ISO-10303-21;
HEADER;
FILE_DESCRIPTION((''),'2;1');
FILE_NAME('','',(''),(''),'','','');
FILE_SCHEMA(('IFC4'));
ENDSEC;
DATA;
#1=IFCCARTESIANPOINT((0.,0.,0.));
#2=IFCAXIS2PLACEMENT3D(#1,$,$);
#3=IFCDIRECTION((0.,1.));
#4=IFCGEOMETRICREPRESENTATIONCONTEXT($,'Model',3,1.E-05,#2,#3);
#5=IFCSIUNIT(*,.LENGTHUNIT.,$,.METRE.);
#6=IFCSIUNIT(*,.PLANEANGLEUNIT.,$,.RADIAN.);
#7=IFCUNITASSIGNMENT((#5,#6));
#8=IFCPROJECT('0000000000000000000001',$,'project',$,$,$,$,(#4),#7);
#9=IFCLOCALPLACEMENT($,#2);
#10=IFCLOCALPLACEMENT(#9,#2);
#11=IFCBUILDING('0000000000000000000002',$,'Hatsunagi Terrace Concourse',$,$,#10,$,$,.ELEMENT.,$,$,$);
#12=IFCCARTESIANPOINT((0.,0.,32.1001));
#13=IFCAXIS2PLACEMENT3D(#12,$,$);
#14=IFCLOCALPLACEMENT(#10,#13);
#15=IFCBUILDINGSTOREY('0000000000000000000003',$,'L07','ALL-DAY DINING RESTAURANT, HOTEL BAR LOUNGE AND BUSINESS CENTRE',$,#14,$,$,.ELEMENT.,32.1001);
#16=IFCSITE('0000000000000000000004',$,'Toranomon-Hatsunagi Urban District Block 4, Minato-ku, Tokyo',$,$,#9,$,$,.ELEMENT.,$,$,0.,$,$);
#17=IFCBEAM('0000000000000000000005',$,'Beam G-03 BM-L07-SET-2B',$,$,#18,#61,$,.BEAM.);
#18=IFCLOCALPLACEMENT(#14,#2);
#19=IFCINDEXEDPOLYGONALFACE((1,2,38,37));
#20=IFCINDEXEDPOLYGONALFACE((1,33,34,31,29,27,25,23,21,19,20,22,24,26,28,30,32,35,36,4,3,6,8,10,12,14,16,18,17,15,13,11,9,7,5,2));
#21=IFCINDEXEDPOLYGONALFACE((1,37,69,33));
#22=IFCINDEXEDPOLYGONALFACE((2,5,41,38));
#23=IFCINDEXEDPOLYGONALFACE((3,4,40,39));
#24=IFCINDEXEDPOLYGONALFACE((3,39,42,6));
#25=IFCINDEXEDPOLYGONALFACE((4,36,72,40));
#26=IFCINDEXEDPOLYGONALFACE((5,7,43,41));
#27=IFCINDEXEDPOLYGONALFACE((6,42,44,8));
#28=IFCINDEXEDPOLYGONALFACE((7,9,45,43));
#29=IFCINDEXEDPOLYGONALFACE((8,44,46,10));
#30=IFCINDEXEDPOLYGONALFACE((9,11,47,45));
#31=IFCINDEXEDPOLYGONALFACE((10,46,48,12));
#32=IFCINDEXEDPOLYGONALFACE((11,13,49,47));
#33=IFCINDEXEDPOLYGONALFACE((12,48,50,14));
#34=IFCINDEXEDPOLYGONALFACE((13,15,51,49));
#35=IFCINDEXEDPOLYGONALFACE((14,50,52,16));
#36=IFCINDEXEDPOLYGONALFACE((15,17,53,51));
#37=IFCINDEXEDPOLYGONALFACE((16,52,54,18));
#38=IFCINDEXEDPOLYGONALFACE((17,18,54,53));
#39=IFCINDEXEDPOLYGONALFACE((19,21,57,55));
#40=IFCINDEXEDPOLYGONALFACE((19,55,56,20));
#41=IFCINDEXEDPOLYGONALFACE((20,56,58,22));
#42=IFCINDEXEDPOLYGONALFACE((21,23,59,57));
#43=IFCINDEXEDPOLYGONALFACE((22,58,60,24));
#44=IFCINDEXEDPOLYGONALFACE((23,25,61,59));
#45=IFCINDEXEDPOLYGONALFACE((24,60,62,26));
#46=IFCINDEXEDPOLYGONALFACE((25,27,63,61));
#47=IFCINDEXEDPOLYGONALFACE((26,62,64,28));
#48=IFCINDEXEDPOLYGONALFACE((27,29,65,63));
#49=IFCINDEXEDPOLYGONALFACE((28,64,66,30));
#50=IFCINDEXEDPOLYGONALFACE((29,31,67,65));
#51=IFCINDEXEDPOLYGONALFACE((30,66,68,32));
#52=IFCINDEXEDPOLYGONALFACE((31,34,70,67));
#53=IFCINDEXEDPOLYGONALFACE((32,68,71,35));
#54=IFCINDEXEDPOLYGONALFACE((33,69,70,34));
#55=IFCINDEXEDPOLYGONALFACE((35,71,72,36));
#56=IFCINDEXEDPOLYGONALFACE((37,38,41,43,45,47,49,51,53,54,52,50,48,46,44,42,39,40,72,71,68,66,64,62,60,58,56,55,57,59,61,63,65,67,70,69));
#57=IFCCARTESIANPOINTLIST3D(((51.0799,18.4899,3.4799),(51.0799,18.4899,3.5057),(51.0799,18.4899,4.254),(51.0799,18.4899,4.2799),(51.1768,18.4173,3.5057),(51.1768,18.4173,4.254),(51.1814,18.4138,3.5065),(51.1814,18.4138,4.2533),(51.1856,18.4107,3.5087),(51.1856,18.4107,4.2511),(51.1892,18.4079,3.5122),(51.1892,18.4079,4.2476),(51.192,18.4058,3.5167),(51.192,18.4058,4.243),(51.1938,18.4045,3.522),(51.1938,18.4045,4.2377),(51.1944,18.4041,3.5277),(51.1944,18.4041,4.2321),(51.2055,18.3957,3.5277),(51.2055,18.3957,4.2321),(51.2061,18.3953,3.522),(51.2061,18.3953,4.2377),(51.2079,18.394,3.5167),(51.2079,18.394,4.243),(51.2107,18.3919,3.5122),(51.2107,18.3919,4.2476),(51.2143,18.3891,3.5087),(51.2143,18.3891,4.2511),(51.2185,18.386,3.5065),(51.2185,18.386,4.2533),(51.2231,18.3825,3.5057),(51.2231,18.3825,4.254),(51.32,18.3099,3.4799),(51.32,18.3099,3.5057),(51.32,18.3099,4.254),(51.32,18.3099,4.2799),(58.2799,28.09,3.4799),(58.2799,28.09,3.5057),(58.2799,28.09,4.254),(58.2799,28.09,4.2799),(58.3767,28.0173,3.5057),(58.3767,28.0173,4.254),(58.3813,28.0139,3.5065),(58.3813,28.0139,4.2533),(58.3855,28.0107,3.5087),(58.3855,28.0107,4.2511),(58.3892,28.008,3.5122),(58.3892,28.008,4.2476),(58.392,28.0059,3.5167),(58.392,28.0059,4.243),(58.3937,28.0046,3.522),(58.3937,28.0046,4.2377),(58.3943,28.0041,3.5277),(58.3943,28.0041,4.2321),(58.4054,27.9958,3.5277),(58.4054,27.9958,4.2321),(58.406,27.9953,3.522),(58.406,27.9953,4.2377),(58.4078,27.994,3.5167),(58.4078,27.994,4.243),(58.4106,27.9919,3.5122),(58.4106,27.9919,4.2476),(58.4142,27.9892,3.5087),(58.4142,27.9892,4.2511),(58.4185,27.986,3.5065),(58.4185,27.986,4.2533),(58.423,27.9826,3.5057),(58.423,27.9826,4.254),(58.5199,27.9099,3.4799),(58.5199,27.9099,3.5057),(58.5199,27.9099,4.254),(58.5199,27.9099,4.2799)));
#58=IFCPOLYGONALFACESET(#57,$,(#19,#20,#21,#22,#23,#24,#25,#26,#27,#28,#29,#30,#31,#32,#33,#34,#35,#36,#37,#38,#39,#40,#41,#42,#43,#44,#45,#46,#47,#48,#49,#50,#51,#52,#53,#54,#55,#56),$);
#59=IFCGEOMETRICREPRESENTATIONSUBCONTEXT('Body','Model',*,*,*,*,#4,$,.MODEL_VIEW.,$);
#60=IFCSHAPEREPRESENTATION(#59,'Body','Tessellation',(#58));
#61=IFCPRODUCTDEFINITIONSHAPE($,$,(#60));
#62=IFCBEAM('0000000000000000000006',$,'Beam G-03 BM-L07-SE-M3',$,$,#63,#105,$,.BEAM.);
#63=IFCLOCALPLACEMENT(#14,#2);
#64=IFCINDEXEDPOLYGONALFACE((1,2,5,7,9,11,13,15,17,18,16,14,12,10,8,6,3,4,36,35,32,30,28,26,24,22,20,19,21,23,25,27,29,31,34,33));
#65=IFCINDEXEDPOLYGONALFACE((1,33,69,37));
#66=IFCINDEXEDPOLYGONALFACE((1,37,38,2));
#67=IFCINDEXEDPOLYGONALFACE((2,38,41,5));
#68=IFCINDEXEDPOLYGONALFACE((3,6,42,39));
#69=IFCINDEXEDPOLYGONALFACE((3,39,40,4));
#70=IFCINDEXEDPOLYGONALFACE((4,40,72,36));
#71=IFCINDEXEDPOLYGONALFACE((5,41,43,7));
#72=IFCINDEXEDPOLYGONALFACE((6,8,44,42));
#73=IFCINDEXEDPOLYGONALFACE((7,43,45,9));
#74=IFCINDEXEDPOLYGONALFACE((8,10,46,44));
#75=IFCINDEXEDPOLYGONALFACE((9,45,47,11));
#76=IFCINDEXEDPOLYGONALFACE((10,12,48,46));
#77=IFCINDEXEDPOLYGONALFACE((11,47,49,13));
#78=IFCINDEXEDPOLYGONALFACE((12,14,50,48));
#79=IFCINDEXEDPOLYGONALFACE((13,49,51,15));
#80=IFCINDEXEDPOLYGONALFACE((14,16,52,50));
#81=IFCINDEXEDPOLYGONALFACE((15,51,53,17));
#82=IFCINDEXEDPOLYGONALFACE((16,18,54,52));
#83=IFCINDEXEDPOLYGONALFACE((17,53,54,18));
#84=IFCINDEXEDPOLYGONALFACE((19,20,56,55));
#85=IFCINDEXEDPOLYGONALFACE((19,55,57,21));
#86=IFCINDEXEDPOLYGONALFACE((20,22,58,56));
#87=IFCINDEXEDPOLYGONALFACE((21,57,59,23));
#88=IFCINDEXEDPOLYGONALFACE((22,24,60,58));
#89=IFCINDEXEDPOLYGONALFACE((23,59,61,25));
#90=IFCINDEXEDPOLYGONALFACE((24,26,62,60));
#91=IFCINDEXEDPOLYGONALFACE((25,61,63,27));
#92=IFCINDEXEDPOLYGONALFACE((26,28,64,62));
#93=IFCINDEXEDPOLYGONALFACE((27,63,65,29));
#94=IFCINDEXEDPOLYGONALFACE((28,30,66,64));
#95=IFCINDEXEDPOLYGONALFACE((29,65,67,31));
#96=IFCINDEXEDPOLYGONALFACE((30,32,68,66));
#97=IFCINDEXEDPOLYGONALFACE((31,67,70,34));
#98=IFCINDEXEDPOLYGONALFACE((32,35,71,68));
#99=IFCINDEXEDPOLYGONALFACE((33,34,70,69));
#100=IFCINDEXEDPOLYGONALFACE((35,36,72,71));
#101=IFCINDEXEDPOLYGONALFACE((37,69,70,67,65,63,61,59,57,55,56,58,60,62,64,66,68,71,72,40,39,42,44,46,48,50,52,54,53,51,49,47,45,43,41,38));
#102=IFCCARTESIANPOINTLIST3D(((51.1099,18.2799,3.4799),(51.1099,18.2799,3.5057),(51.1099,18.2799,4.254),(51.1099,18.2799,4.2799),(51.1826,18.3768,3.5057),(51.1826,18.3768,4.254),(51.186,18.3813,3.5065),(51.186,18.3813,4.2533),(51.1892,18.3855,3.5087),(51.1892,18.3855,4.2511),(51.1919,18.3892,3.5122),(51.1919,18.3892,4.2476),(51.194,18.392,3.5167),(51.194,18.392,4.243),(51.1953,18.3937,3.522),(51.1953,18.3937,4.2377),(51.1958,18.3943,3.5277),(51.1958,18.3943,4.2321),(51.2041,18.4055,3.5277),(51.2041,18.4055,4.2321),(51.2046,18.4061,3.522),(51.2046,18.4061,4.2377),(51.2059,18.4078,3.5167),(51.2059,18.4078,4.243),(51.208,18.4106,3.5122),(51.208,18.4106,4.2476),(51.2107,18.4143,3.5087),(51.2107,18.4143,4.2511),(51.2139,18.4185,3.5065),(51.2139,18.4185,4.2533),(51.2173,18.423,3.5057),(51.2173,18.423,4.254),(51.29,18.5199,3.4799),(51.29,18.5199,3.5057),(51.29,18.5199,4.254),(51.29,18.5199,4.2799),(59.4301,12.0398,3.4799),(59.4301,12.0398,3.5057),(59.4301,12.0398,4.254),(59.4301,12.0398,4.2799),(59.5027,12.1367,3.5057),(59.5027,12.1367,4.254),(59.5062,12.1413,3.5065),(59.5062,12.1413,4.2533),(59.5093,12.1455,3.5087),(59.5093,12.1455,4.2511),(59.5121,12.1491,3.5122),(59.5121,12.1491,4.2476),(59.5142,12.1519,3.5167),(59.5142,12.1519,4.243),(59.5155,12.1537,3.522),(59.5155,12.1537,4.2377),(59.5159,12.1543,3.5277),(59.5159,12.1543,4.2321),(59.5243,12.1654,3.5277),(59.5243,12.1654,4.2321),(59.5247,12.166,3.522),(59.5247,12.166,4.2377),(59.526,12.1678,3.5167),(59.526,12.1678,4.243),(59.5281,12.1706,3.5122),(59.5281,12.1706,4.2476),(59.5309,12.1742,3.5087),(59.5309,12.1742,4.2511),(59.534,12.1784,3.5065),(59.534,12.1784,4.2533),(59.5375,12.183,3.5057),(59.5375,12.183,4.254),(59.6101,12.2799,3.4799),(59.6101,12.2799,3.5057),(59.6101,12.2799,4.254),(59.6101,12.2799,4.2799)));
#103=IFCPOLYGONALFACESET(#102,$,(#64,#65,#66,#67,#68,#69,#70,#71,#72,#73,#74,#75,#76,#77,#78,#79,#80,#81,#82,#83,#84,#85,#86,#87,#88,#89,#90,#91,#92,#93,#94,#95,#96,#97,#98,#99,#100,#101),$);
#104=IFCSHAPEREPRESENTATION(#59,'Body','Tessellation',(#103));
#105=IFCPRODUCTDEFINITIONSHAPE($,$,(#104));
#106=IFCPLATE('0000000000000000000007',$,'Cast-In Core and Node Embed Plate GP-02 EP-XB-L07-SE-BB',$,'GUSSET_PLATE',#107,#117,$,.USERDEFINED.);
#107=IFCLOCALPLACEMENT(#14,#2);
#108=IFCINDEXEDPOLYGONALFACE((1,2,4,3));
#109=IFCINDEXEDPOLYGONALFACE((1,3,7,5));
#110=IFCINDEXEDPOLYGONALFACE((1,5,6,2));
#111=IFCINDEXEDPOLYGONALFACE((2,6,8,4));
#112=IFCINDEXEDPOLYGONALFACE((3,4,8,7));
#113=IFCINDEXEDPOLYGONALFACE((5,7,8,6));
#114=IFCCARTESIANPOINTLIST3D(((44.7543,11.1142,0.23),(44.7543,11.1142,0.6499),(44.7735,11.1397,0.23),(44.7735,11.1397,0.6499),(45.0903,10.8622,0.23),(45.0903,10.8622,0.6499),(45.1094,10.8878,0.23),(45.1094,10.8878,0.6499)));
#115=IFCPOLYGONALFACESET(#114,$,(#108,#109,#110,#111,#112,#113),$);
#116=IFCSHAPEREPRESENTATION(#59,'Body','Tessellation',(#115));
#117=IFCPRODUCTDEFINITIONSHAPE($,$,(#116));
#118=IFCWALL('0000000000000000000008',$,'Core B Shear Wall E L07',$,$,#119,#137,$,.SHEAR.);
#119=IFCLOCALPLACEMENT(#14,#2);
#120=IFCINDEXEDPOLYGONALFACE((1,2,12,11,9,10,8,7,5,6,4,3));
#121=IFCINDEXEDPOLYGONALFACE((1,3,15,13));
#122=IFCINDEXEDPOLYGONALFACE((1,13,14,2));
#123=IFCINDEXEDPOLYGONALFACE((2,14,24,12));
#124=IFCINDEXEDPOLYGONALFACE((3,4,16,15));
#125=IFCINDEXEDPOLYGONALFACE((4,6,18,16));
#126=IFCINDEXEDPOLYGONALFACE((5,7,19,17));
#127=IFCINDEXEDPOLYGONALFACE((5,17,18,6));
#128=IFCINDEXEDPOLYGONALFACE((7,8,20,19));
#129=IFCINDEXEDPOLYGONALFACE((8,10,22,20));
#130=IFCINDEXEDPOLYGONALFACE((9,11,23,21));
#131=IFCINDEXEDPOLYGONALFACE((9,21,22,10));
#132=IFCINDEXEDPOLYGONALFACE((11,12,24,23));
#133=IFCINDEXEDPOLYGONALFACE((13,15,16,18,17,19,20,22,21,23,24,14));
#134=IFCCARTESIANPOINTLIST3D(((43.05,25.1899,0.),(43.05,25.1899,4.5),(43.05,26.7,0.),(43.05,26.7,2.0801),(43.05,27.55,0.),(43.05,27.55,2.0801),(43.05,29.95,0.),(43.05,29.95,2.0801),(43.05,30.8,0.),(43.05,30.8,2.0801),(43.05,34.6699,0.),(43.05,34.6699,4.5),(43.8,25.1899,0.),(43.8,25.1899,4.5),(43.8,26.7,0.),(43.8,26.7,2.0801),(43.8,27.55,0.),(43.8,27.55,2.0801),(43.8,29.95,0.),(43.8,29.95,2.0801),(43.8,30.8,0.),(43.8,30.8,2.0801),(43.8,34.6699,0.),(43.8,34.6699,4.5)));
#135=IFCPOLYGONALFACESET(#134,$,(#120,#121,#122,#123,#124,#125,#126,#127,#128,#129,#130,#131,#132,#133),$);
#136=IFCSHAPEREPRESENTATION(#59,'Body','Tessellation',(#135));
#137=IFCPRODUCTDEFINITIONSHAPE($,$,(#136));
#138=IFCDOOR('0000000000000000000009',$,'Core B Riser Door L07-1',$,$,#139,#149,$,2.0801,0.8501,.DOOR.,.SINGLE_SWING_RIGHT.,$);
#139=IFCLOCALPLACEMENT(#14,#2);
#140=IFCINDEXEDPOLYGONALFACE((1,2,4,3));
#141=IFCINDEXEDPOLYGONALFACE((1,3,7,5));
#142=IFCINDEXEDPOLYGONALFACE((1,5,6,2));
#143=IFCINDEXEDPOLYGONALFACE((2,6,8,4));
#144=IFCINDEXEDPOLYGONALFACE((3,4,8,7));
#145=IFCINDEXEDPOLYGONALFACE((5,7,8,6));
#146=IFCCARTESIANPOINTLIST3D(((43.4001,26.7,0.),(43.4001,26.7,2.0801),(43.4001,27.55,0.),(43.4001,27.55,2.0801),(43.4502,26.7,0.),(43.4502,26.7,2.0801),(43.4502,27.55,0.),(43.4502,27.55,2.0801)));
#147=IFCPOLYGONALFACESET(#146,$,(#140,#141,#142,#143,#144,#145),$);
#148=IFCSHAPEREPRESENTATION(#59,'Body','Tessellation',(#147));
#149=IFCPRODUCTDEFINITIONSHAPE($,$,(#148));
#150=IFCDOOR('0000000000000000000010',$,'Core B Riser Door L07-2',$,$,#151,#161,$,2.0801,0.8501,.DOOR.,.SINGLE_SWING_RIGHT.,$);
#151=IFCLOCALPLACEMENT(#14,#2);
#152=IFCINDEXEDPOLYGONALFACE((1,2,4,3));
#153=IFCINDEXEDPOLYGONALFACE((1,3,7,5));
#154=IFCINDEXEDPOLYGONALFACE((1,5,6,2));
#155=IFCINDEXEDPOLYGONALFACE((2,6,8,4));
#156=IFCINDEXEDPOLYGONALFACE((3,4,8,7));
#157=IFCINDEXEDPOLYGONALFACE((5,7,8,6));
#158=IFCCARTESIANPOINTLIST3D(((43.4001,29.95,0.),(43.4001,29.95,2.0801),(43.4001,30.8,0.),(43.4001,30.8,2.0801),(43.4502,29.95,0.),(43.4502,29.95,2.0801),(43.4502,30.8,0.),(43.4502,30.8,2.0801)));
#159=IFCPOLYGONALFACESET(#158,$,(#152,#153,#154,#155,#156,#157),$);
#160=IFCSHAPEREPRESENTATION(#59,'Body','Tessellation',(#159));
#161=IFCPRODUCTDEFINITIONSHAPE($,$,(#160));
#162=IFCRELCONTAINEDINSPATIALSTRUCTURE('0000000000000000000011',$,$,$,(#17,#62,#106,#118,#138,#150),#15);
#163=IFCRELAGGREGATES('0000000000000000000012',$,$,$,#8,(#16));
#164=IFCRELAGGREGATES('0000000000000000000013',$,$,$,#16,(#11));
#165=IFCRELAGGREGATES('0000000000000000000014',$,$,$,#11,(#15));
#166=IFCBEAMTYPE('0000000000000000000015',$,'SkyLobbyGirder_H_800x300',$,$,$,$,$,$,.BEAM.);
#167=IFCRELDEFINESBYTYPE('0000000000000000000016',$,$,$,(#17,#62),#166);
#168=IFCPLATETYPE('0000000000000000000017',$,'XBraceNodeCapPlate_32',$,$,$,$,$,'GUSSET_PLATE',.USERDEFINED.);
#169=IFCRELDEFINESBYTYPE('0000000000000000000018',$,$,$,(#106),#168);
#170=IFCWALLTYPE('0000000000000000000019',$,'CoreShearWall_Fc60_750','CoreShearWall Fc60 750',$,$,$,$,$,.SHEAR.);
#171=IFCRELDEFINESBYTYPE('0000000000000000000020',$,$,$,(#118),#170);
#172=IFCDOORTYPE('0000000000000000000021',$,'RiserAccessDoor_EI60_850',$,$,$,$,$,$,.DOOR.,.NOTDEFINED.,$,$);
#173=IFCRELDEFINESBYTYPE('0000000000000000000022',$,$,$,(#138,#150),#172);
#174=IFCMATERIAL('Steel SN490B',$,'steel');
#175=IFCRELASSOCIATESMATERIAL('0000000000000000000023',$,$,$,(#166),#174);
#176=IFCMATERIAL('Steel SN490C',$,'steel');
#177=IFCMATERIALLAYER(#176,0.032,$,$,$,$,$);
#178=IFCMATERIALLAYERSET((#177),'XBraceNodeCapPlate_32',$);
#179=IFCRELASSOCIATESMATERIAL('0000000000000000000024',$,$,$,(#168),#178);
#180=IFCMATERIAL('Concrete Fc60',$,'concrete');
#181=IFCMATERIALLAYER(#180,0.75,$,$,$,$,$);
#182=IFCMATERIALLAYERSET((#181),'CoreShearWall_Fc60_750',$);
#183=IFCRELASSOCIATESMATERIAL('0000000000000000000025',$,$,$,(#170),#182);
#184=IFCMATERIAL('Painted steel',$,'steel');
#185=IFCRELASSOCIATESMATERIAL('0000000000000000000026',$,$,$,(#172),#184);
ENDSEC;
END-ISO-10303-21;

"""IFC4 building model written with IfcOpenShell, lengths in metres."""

from ifc_helpers import new_model, si_unit, direction, frame, frame_2d, origin, origin_2d, place, context, subcontext, project, spatial, rectangle, i_section, extrude, material, layer, layer_set, material_profile, profile_set, type_object, element, fill, save


model = new_model("IFC4")

# Units and contexts
model_context = context("Model", 3, precision=1e-05, world=origin(), true_north=direction((0.0, 1.0)))
body_context = subcontext(model_context, "Body", "Model", "MODEL_VIEW")
ifc_project = project(units=[si_unit("LENGTHUNIT", "METRE"), si_unit("PLANEANGLEUNIT", "RADIAN")], contexts=[model_context])

# Site, building, storey
site_placement = place(None, origin())
site = spatial("IfcSite", under=ifc_project, at=site_placement, Name="Toranomon-Hatsunagi Urban District Block 4, Minato-ku, Tokyo", CompositionType="ELEMENT", RefElevation=0.0)
building_placement = place(site_placement, origin())
building = spatial("IfcBuilding", under=site, at=building_placement, Name="Hatsunagi Terrace Concourse", CompositionType="ELEMENT")
storey_placement = place(building_placement, frame((0.0, 0.0, 32.1001)))
storey = spatial("IfcBuildingStorey", under=building, at=storey_placement, Name="L07", Description="ALL-DAY DINING RESTAURANT, HOTEL BAR LOUNGE AND BUSINESS CENTRE", CompositionType="ELEMENT", Elevation=32.1001)

# Beams
ifc_material_1 = material(Name="Steel SN490B", Category="steel")
ifc_material_profile_1 = material_profile(ifc_material_1, i_section(OverallWidth=0.3, OverallDepth=0.8, WebThickness=0.0139, FlangeThickness=0.0259, FilletRadius=0.022, at=origin_2d()), Name="H-800x300x14x26")
ifc_profile_set_1 = profile_set([ifc_material_profile_1], Name="Steel SN490B")
beam_type_1 = type_object("IfcBeamType", Name="SkyLobbyGirder_H_800x300", PredefinedType="BEAM", material=ifc_profile_set_1)
beam_1_placement = place(storey_placement, frame((51.2, 18.3999, 3.8799), z_axis=(0.599993, 0.800005, 0.0), x_axis=(-0.800005, 0.599993, 0.0)))
element("IfcBeam", 1, at=beam_1_placement, inside=storey, type_object=beam_type_1, Name="Beam G-03 BM-L07-SET-2B", PredefinedType="BEAM", context=body_context, shape_type="SweptSolid", body=[
    extrude(i_section(OverallWidth=0.3, OverallDepth=0.8, WebThickness=0.0139, FlangeThickness=0.0259, FilletRadius=0.022, at=origin_2d()), origin(), (0.0, 0.0, 1.0), 12.0),
])
beam_2_placement = place(storey_placement, frame((51.2, 18.3999, 3.8799), z_axis=(0.800003, -0.599996, 0.0), x_axis=(0.599996, 0.800003, 0.0)))
element("IfcBeam", 2, at=beam_2_placement, inside=storey, type_object=beam_type_1, Name="Beam G-03 BM-L07-SE-M3", PredefinedType="BEAM", context=body_context, shape_type="SweptSolid", body=[
    extrude(i_section(OverallWidth=0.3, OverallDepth=0.8, WebThickness=0.0139, FlangeThickness=0.0259, FilletRadius=0.022, at=origin_2d()), origin(), (0.0, 0.0, 1.0), 10.4001),
])

# Plate
ifc_material_2 = material(Name="Steel SN490C", Category="steel")
ifc_layer_1 = layer(ifc_material_2, 0.032)
ifc_layer_set_1 = layer_set([ifc_layer_1], Name="XBraceNodeCapPlate_32")
plate_type = type_object("IfcPlateType", Name="XBraceNodeCapPlate_32", ElementType="GUSSET_PLATE", PredefinedType="USERDEFINED", material=ifc_layer_set_1)
plate_placement = place(storey_placement, frame((44.9319, 11.001, 0.23), z_axis=(0.0, 0.0, 1.0), x_axis=(0.8, -0.6, 0.0)))
element("IfcPlate", 3, at=plate_placement, inside=storey, type_object=plate_type, Name="Cast-In Core and Node Embed Plate GP-02 EP-XB-L07-SE-BB", ObjectType="GUSSET_PLATE", PredefinedType="USERDEFINED", context=body_context, shape_type="SweptSolid", body=[
    extrude(rectangle(XDim=0.4199, YDim=0.032, at=origin_2d()), origin(), (0.0, 0.0, 1.0), 0.4199),
])

# Wall, openings, doors
ifc_material_3 = material(Name="Concrete Fc60", Category="concrete")
ifc_layer_2 = layer(ifc_material_3, 0.75)
ifc_layer_set_2 = layer_set([ifc_layer_2], Name="CoreShearWall_Fc60_750")
wall_type_1 = type_object("IfcWallType", Name="CoreShearWall_Fc60_750", Description="CoreShearWall Fc60 750", PredefinedType="SHEAR", material=ifc_layer_set_2)
wall_1_placement = place(storey_placement, frame((43.425, 25.1899, 0.0), z_axis=(0.0, 0.0, 1.0), x_axis=(0.0, 1.0, 0.0)))
wall_1 = element("IfcWall", 4, at=wall_1_placement, inside=storey, type_object=wall_type_1, Name="Core B Shear Wall E L07", PredefinedType="SHEAR", context=body_context, shape_type="SweptSolid", body=[
    extrude(rectangle(XDim=9.48, YDim=0.75, at=frame_2d((4.74, 0.0))), origin(), (0.0, 0.0, 1.0), 4.5),
])
opening_1_placement = place(wall_1_placement, frame((1.51, 0.0, 0.0)))
opening_1 = element("IfcOpeningElement", 5, at=opening_1_placement, cuts=wall_1, PredefinedType="OPENING", context=body_context, shape_type="SweptSolid", body=[
    extrude(rectangle(XDim=0.8501, YDim=2.0801, at=frame_2d((0.425, 1.04))), frame((0.0, 0.385, 0.0), z_axis=(0.0, -1.0, 0.0), x_axis=(1.0, 0.0, 0.0)), (0.0, 0.0, 1.0), 0.77),
])
opening_2_placement = place(wall_1_placement, frame((4.76, 0.0, 0.0)))
opening_2 = element("IfcOpeningElement", 6, at=opening_2_placement, cuts=wall_1, PredefinedType="OPENING", context=body_context, shape_type="SweptSolid", body=[
    extrude(rectangle(XDim=0.8501, YDim=2.0801, at=frame_2d((0.425, 1.04))), frame((0.0, 0.385, 0.0), z_axis=(0.0, -1.0, 0.0), x_axis=(1.0, 0.0, 0.0)), (0.0, 0.0, 1.0), 0.77),
])
ifc_material_4 = material(Name="Painted steel", Category="steel")
door_type_1 = type_object("IfcDoorType", Name="RiserAccessDoor_EI60_850", OperationType="NOTDEFINED", PredefinedType="DOOR", material=ifc_material_4)
door_1_placement = place(opening_1_placement, origin())
door_1 = element("IfcDoor", 7, at=door_1_placement, inside=storey, type_object=door_type_1, Name="Core B Riser Door L07-1", OperationType="SINGLE_SWING_RIGHT", OverallHeight=2.0801, OverallWidth=0.8501, PredefinedType="DOOR", context=body_context, shape_type="SweptSolid", body=[
    extrude(rectangle(XDim=0.8501, YDim=2.0801, at=frame_2d((0.425, 1.04))), frame((0.0, 0.0249, 0.0), z_axis=(0.0, -1.0, 0.0), x_axis=(1.0, 0.0, 0.0)), (0.0, 0.0, 1.0), 0.05),
])
fill(opening_1, door_1)
door_2_placement = place(opening_2_placement, origin())
door_2 = element("IfcDoor", 8, at=door_2_placement, inside=storey, type_object=door_type_1, Name="Core B Riser Door L07-2", OperationType="SINGLE_SWING_RIGHT", OverallHeight=2.0801, OverallWidth=0.8501, PredefinedType="DOOR", context=body_context, shape_type="SweptSolid", body=[
    extrude(rectangle(XDim=0.8501, YDim=2.0801, at=frame_2d((0.425, 1.04))), frame((0.0, 0.0249, 0.0), z_axis=(0.0, -1.0, 0.0), x_axis=(1.0, 0.0, 0.0)), (0.0, 0.0, 1.0), 0.05),
])
fill(opening_2, door_2)

save(model, "model.ifc")
